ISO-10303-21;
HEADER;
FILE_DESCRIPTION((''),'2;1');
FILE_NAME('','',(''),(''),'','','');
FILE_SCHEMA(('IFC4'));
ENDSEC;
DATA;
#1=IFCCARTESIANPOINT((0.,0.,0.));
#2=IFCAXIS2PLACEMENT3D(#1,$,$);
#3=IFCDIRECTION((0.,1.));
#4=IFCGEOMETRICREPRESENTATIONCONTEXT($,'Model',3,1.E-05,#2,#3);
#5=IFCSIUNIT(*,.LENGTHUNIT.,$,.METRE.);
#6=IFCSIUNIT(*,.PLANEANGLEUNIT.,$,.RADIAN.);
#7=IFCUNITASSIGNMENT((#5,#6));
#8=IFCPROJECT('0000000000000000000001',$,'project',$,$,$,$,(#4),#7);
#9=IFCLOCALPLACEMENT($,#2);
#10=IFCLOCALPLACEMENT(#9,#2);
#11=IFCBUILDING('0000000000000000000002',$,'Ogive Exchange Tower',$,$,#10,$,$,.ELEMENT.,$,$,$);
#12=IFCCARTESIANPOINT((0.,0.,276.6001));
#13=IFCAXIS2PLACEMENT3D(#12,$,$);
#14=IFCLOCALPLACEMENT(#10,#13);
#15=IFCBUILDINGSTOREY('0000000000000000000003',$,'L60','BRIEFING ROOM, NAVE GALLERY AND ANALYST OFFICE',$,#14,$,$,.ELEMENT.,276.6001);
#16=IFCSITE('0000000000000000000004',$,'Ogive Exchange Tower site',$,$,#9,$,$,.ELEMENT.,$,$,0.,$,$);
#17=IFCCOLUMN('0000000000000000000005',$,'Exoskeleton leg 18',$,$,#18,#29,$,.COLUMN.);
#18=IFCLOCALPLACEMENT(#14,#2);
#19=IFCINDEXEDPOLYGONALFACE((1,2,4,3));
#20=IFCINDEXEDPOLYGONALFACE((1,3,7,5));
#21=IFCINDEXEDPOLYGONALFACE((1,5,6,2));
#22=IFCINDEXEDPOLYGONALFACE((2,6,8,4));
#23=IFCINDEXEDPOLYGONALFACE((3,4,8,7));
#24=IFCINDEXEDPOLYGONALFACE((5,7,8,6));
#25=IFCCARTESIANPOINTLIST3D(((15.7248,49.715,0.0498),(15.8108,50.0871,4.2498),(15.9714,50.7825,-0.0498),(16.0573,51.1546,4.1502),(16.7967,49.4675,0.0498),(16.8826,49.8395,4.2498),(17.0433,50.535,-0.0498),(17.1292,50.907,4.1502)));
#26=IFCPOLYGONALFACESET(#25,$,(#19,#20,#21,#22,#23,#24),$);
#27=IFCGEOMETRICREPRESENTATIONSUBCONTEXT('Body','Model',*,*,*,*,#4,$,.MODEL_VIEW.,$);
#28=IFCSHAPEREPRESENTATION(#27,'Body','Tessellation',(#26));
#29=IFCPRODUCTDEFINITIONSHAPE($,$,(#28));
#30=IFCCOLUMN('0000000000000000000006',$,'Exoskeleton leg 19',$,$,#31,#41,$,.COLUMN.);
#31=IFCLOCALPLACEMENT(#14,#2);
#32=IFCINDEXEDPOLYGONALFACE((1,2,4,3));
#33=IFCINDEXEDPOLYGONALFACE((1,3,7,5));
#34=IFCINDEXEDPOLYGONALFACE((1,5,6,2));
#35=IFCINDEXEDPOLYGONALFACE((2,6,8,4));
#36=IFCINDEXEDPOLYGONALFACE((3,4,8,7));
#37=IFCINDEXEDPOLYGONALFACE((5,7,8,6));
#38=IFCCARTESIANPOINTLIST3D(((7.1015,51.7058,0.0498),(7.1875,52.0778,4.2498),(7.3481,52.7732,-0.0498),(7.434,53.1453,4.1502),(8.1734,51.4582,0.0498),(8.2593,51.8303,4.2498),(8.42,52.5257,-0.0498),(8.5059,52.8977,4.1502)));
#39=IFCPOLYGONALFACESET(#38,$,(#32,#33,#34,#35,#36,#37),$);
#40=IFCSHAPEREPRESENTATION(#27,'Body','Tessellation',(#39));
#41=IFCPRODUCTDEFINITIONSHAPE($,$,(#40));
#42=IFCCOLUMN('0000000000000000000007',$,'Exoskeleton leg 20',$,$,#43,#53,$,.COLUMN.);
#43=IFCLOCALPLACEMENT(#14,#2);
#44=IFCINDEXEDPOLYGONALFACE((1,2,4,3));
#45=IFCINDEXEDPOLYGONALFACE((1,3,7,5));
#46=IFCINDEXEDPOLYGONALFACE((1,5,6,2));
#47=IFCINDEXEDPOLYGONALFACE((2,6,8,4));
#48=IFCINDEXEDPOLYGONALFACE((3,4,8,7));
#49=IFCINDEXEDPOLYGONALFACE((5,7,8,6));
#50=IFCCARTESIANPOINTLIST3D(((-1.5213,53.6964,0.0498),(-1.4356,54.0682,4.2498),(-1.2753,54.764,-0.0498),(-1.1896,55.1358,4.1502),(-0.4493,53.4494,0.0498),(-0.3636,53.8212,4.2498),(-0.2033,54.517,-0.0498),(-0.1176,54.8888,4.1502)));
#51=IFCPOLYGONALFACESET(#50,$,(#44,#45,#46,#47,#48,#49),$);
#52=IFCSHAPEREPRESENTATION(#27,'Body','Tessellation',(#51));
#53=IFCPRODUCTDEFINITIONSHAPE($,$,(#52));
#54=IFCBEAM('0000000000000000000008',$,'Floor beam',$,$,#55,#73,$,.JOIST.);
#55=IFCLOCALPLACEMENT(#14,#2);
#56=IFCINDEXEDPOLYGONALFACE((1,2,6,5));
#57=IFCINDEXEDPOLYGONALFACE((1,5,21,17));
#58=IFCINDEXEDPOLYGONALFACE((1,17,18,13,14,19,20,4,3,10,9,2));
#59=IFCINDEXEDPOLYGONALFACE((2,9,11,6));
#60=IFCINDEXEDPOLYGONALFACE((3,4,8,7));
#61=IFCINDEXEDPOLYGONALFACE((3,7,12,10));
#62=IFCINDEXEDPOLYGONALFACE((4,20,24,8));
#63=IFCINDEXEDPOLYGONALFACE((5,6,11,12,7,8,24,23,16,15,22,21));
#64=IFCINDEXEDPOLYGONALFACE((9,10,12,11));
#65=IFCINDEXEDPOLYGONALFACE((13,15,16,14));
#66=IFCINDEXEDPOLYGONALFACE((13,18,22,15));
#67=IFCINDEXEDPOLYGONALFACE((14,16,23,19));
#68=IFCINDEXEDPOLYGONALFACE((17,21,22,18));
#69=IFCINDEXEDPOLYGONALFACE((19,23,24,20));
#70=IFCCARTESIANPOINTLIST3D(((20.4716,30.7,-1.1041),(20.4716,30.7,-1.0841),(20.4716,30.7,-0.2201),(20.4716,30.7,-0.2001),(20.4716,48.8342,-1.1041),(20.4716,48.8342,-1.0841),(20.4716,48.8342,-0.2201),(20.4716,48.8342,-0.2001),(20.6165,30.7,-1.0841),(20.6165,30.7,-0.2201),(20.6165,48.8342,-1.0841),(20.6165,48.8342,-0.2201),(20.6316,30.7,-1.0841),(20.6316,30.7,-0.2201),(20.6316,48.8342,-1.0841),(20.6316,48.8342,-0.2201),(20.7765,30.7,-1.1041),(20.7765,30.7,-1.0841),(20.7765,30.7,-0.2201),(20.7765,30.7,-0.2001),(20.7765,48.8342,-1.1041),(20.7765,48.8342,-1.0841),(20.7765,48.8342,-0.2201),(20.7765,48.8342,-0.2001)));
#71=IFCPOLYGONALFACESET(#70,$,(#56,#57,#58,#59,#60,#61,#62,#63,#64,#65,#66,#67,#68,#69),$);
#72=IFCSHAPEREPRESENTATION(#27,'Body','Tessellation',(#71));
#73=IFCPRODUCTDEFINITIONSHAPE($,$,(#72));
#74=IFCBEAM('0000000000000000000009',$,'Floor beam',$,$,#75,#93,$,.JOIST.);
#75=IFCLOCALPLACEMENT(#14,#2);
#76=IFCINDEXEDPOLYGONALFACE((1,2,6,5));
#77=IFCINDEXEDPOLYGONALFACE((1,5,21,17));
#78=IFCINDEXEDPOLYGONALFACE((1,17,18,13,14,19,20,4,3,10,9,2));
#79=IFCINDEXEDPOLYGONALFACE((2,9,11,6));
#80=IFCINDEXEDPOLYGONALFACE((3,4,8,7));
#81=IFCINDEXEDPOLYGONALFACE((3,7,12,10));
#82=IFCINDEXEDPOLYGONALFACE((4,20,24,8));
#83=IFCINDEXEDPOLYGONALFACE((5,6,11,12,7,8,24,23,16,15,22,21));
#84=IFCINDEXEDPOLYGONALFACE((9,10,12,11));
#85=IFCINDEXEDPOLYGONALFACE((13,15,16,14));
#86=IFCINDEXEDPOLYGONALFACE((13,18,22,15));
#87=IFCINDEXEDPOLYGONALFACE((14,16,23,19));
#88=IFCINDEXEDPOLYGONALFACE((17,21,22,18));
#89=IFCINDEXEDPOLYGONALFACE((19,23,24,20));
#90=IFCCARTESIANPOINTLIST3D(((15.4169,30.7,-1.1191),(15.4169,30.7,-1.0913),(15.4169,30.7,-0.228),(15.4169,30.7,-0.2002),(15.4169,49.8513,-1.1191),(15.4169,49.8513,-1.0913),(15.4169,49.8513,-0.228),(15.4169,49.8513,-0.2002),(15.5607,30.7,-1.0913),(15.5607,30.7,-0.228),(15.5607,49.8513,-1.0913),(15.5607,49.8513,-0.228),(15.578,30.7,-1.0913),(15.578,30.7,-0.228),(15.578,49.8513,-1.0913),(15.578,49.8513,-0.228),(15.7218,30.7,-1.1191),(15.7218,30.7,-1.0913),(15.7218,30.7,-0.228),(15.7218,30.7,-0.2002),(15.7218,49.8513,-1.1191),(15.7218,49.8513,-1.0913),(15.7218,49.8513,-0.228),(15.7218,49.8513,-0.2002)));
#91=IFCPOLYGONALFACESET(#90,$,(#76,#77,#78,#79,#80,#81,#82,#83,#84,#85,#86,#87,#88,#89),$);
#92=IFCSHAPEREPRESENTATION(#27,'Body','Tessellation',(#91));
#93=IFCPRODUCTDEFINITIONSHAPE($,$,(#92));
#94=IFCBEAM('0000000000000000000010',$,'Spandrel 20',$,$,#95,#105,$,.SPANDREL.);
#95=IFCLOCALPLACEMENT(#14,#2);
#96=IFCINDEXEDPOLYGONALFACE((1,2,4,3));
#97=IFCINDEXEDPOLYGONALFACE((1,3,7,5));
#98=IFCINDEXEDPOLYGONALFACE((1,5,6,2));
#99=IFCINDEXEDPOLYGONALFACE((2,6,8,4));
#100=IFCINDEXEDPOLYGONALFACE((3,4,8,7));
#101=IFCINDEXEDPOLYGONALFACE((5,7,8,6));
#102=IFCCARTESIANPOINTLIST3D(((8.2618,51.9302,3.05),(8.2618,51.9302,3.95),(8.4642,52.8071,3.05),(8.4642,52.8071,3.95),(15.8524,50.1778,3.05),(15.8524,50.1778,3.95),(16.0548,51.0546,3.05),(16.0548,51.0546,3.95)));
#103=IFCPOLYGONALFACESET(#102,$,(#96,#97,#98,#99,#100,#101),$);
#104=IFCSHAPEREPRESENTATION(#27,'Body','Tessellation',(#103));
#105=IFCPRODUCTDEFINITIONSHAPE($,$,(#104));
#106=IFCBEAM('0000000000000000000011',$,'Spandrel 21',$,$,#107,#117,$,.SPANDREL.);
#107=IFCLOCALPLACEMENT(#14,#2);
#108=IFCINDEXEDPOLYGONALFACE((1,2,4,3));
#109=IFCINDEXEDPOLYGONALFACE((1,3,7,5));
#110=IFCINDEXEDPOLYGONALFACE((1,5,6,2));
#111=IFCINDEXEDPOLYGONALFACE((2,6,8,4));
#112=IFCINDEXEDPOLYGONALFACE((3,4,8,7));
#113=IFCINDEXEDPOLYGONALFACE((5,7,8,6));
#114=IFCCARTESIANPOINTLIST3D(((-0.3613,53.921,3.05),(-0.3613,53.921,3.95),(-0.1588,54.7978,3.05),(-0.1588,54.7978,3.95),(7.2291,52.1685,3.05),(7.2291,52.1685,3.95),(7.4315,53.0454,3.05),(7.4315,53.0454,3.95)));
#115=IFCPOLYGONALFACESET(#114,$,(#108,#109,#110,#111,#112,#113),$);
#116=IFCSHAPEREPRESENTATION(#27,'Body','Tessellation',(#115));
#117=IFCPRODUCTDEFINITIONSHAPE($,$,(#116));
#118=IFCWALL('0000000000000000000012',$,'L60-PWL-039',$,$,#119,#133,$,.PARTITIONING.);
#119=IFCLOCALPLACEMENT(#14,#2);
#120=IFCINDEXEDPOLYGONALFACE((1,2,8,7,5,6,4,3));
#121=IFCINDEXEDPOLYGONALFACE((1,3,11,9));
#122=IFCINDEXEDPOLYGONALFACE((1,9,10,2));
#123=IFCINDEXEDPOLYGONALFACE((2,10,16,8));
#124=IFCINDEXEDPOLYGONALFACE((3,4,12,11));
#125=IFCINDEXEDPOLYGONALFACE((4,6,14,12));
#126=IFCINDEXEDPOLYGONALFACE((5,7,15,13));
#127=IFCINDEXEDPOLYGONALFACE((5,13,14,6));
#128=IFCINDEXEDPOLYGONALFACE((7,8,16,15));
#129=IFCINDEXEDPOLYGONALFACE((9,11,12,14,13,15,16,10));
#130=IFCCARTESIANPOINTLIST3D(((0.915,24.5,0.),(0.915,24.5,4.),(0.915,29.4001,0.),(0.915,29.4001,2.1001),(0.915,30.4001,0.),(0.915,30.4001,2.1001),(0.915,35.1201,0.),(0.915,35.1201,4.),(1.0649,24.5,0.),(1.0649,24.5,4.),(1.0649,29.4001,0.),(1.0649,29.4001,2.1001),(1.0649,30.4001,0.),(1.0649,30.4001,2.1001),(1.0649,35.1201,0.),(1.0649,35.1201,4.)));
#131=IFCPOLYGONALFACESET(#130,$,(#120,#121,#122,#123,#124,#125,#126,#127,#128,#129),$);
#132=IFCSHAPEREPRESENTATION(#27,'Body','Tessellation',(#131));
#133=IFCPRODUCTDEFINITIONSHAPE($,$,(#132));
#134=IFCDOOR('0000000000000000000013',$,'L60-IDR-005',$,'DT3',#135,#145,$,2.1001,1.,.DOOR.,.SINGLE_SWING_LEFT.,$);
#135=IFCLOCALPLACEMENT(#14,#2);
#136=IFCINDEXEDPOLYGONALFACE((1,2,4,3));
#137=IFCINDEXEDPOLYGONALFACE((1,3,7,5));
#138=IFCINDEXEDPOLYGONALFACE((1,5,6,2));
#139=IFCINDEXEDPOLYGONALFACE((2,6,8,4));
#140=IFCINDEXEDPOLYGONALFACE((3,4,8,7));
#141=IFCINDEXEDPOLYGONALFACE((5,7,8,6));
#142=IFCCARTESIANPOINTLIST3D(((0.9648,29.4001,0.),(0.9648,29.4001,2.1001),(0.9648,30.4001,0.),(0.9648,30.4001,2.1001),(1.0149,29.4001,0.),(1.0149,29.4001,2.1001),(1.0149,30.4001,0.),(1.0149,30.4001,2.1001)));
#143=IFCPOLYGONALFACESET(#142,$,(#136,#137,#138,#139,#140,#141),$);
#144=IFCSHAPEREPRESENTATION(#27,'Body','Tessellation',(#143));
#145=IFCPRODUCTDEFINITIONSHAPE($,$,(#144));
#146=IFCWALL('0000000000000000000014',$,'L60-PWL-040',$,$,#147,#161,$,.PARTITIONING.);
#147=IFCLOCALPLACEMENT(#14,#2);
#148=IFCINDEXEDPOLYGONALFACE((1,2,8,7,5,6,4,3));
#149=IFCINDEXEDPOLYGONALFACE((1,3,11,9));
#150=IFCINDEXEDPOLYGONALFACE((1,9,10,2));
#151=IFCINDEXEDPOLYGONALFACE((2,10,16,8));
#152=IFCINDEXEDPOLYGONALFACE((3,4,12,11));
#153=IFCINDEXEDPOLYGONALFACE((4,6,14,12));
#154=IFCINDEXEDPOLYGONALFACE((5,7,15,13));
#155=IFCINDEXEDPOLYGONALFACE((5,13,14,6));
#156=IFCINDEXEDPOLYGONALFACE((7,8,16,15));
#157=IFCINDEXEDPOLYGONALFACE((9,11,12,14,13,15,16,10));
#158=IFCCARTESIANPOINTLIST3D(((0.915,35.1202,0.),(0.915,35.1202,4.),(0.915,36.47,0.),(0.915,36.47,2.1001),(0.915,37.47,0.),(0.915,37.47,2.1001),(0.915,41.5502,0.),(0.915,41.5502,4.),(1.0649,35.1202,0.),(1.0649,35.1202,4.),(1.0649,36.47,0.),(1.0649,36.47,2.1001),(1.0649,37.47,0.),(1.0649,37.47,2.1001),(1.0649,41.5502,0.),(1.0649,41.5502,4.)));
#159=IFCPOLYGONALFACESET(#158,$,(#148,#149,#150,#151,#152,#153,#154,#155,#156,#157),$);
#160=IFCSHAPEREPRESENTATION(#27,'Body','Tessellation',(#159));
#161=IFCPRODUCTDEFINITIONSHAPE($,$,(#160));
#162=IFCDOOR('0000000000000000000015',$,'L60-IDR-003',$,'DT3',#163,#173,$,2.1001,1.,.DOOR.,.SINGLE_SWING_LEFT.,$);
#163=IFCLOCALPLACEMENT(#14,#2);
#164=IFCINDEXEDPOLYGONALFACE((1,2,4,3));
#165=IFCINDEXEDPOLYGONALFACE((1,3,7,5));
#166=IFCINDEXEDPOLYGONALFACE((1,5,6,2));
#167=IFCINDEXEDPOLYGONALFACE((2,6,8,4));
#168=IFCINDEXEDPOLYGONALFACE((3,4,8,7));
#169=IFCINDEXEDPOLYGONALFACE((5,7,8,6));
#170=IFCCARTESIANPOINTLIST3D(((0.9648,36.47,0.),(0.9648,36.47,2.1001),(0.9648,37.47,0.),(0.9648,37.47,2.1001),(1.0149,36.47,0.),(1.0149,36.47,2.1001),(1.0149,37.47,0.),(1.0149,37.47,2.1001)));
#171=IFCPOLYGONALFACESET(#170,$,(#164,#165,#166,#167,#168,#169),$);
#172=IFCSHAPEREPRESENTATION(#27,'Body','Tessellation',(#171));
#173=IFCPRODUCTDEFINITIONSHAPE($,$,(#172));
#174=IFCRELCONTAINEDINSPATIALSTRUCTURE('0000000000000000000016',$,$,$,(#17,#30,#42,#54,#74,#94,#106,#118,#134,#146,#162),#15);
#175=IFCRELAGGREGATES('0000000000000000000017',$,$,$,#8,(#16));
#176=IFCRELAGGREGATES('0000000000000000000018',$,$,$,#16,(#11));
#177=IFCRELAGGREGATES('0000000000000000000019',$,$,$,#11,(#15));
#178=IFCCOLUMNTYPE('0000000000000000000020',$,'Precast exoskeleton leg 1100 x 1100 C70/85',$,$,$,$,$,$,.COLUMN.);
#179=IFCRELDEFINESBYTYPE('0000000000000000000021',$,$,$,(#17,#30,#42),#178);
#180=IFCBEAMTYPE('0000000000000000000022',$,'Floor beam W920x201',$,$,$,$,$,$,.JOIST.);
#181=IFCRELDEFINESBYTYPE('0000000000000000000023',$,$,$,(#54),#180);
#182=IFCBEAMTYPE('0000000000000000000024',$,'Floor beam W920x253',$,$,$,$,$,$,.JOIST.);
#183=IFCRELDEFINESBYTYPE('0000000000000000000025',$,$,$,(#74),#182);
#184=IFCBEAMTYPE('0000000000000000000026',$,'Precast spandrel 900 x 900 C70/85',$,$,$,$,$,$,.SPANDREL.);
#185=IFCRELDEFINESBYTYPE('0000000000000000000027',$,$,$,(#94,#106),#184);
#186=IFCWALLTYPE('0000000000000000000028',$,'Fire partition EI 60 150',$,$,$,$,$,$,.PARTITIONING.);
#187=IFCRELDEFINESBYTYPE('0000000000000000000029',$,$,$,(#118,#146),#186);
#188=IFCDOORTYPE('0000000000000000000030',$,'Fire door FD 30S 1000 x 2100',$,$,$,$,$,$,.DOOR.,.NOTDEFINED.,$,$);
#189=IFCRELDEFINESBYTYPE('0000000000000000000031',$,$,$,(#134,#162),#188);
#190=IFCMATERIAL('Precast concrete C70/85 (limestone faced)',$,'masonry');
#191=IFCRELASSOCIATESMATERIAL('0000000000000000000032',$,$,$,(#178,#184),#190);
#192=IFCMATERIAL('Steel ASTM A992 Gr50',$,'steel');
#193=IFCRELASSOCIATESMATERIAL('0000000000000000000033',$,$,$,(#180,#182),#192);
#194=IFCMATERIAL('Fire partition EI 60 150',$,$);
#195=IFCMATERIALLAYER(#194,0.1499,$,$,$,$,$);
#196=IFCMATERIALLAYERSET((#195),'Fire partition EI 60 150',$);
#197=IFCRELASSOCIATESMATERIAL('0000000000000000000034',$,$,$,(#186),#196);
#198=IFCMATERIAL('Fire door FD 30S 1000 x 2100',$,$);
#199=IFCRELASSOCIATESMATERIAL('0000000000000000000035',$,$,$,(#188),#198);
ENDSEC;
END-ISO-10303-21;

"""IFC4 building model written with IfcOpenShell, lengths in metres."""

from ifc_helpers import new_model, si_unit, direction, frame, frame_2d, origin, origin_2d, place, context, subcontext, project, spatial, rectangle, i_section, extrude, material, layer, layer_set, material_profile, profile_set, type_object, element, fill, save


model = new_model("IFC4")

# Units and contexts
model_context = context("Model", 3, precision=1e-05, world=origin(), true_north=direction((0.0, 1.0)))
body_context = subcontext(model_context, "Body", "Model", "MODEL_VIEW")
ifc_project = project(units=[si_unit("LENGTHUNIT", "METRE"), si_unit("PLANEANGLEUNIT", "RADIAN")], contexts=[model_context])

# Site, building, storey
site_placement = place(None, origin())
site = spatial("IfcSite", under=ifc_project, at=site_placement, Name="Ogive Exchange Tower site", CompositionType="ELEMENT", RefElevation=0.0)
building_placement = place(site_placement, origin())
building = spatial("IfcBuilding", under=site, at=building_placement, Name="Ogive Exchange Tower", CompositionType="ELEMENT")
storey_placement = place(building_placement, frame((0.0, 0.0, 276.6001)))
storey = spatial("IfcBuildingStorey", under=building, at=storey_placement, Name="L60", Description="BRIEFING ROOM, NAVE GALLERY AND ANALYST OFFICE", CompositionType="ELEMENT", Elevation=276.6001)

# Columns
ifc_material_1 = material(Name="Precast concrete C70/85 (limestone faced)", Category="masonry")
ifc_material_profile_1 = material_profile(ifc_material_1, rectangle(XDim=1.1001, YDim=1.1001, at=origin_2d()), Name="1100 x 1100")
ifc_profile_set_1 = profile_set([ifc_material_profile_1], Name="Precast concrete C70/85 (limestone faced)")
column_type = type_object("IfcColumnType", Name="Precast exoskeleton leg 1100 x 1100 C70/85", PredefinedType="COLUMN", material=ifc_profile_set_1)
for number, where, z_axis, x_axis, name in (
    (1, (16.384, 50.125, 0.0), (0.020377, 0.088225, 0.995892), (-0.974348, 0.225046, 0.0), "Exoskeleton leg 18"),
    (2, (7.7607, 52.1157, 0.0), (0.020377, 0.088225, 0.995892), (-0.974348, 0.225046, 0.0), "Exoskeleton leg 19"),
    (3, (-0.8623, 54.1067, 0.0), (0.02032, 0.088168, 0.995898), (-0.974456, 0.224579, 0.0), "Exoskeleton leg 20"),
):
    element("IfcColumn", number, at=place(storey_placement, frame(where, z_axis=z_axis, x_axis=x_axis)), inside=storey, type_object=column_type, Name=name, PredefinedType="COLUMN", context=body_context, shape_type="SweptSolid", body=[
        extrude(rectangle(XDim=1.1001, YDim=1.1001, at=origin_2d()), origin(), (0.0, 0.0, 1.0), 4.2173),
    ])

# Beams
ifc_material_2 = material(Name="Steel ASTM A992 Gr50", Category="steel")
ifc_material_profile_2 = material_profile(ifc_material_2, i_section(OverallWidth=0.3049, OverallDepth=0.9041, WebThickness=0.0151, FlangeThickness=0.02, at=origin_2d()), Name="W920x201")
ifc_profile_set_2 = profile_set([ifc_material_profile_2], Name="Steel ASTM A992 Gr50")
beam_type_1 = type_object("IfcBeamType", Name="Floor beam W920x201", PredefinedType="JOIST", material=ifc_profile_set_2)
beam_1_placement = place(storey_placement, frame((20.624, 30.7, -0.6521), z_axis=(0.0, 1.0, 0.0), x_axis=(-1.0, 0.0, 0.0)))
element("IfcBeam", 4, at=beam_1_placement, inside=storey, type_object=beam_type_1, Name="Floor beam", PredefinedType="JOIST", context=body_context, shape_type="SweptSolid", body=[
    extrude(i_section(OverallWidth=0.3049, OverallDepth=0.9041, WebThickness=0.0151, FlangeThickness=0.02, at=origin_2d()), origin(), (0.0, 0.0, 1.0), 18.1343),
])
ifc_material_profile_3 = material_profile(ifc_material_2, i_section(OverallWidth=0.3049, OverallDepth=0.9189, WebThickness=0.0173, FlangeThickness=0.0278, at=origin_2d()), Name="W920x253")
ifc_profile_set_3 = profile_set([ifc_material_profile_3], Name="Steel ASTM A992 Gr50")
beam_type_2 = type_object("IfcBeamType", Name="Floor beam W920x253", PredefinedType="JOIST", material=ifc_profile_set_3)
beam_2_placement = place(storey_placement, frame((15.5693, 30.7, -0.6597), z_axis=(0.0, 1.0, 0.0), x_axis=(-1.0, 0.0, 0.0)))
element("IfcBeam", 5, at=beam_2_placement, inside=storey, type_object=beam_type_2, Name="Floor beam", PredefinedType="JOIST", context=body_context, shape_type="SweptSolid", body=[
    extrude(i_section(OverallWidth=0.3049, OverallDepth=0.9189, WebThickness=0.0173, FlangeThickness=0.0278, at=origin_2d()), origin(), (0.0, 0.0, 1.0), 19.1514),
])
ifc_material_profile_4 = material_profile(ifc_material_1, rectangle(XDim=0.8999, YDim=0.8999, at=origin_2d()), Name="900 x 900")
ifc_profile_set_4 = profile_set([ifc_material_profile_4], Name="Precast concrete C70/85 (limestone faced)")
beam_type_3 = type_object("IfcBeamType", Name="Precast spandrel 900 x 900 C70/85", PredefinedType="SPANDREL", material=ifc_profile_set_4)
beam_3_placement = place(storey_placement, frame((15.9536, 50.6162, 3.5), z_axis=(-0.97437, 0.224953, 0.0), x_axis=(-0.224953, -0.97437, 0.0)))
element("IfcBeam", 6, at=beam_3_placement, inside=storey, type_object=beam_type_3, Name="Spandrel 20", PredefinedType="SPANDREL", context=body_context, shape_type="SweptSolid", body=[
    extrude(rectangle(XDim=0.8999, YDim=0.8999, at=origin_2d()), origin(), (0.0, 0.0, 1.0), 7.7903),
])
beam_4_placement = place(storey_placement, frame((7.3303, 52.6069, 3.5), z_axis=(-0.974368, 0.22496, 0.0), x_axis=(-0.22496, -0.974368, 0.0)))
element("IfcBeam", 7, at=beam_4_placement, inside=storey, type_object=beam_type_3, Name="Spandrel 21", PredefinedType="SPANDREL", context=body_context, shape_type="SweptSolid", body=[
    extrude(rectangle(XDim=0.8999, YDim=0.8999, at=origin_2d()), origin(), (0.0, 0.0, 1.0), 7.79),
])

# Walls, openings, doors
ifc_material_3 = material(Name="Fire partition EI 60 150")
ifc_layer_1 = layer(ifc_material_3, 0.1499)
ifc_layer_set_1 = layer_set([ifc_layer_1], Name="Fire partition EI 60 150")
wall_type_1 = type_object("IfcWallType", Name="Fire partition EI 60 150", PredefinedType="PARTITIONING", material=ifc_layer_set_1)
wall_1_placement = place(storey_placement, frame((0.99, 35.1201, 0.0), z_axis=(0.0, 0.0, 1.0), x_axis=(0.0, -1.0, 0.0)))
wall_1 = element("IfcWall", 8, at=wall_1_placement, inside=storey, type_object=wall_type_1, Name="L60-PWL-039", PredefinedType="PARTITIONING", context=body_context, shape_type="SweptSolid", body=[
    extrude(rectangle(XDim=10.6201, YDim=0.1499, at=frame_2d((5.3101, 0.0))), origin(), (0.0, 0.0, 1.0), 4.0),
])
opening_1_placement = place(wall_1_placement, frame((4.72, 0.0, 0.0)))
opening_1 = element("IfcOpeningElement", 9, at=opening_1_placement, cuts=wall_1, PredefinedType="OPENING", context=body_context, shape_type="SweptSolid", body=[
    extrude(rectangle(XDim=1.0, YDim=2.1001, at=frame_2d((0.5, 1.05))), frame((0.0, 0.085, 0.0), z_axis=(0.0, -1.0, 0.0), x_axis=(1.0, 0.0, 0.0)), (0.0, 0.0, 1.0), 0.1699),
])
ifc_material_4 = material(Name="Fire door FD 30S 1000 x 2100")
door_type_1 = type_object("IfcDoorType", Name="Fire door FD 30S 1000 x 2100", OperationType="NOTDEFINED", PredefinedType="DOOR", material=ifc_material_4)
door_1_placement = place(opening_1_placement, origin())
door_1 = element("IfcDoor", 10, at=door_1_placement, inside=storey, type_object=door_type_1, Name="L60-IDR-005", ObjectType="DT3", OperationType="SINGLE_SWING_LEFT", OverallHeight=2.1001, OverallWidth=1.0, PredefinedType="DOOR", context=body_context, shape_type="SweptSolid", body=[
    extrude(rectangle(XDim=1.0, YDim=2.1001, at=frame_2d((0.5, 1.05))), frame((0.0, 0.0249, 0.0), z_axis=(0.0, -1.0, 0.0), x_axis=(1.0, 0.0, 0.0)), (0.0, 0.0, 1.0), 0.05),
])
fill(opening_1, door_1)
wall_2_placement = place(storey_placement, frame((0.99, 41.55, 0.0), z_axis=(0.0, 0.0, 1.0), x_axis=(0.0, -1.0, 0.0)))
wall_2 = element("IfcWall", 11, at=wall_2_placement, inside=storey, type_object=wall_type_1, Name="L60-PWL-040", PredefinedType="PARTITIONING", context=body_context, shape_type="SweptSolid", body=[
    extrude(rectangle(XDim=6.4299, YDim=0.1499, at=frame_2d((3.2148, 0.0))), origin(), (0.0, 0.0, 1.0), 4.0),
])
opening_2_placement = place(wall_2_placement, frame((4.0801, 0.0, 0.0)))
opening_2 = element("IfcOpeningElement", 12, at=opening_2_placement, cuts=wall_2, PredefinedType="OPENING", context=body_context, shape_type="SweptSolid", body=[
    extrude(rectangle(XDim=1.0, YDim=2.1001, at=frame_2d((0.5, 1.05))), frame((0.0, 0.085, 0.0), z_axis=(0.0, -1.0, 0.0), x_axis=(1.0, 0.0, 0.0)), (0.0, 0.0, 1.0), 0.1699),
])
door_2_placement = place(opening_2_placement, origin())
door_2 = element("IfcDoor", 13, at=door_2_placement, inside=storey, type_object=door_type_1, Name="L60-IDR-003", ObjectType="DT3", OperationType="SINGLE_SWING_LEFT", OverallHeight=2.1001, OverallWidth=1.0, PredefinedType="DOOR", context=body_context, shape_type="SweptSolid", body=[
    extrude(rectangle(XDim=1.0, YDim=2.1001, at=frame_2d((0.5, 1.05))), frame((0.0, 0.0249, 0.0), z_axis=(0.0, -1.0, 0.0), x_axis=(1.0, 0.0, 0.0)), (0.0, 0.0, 1.0), 0.05),
])
fill(opening_2, door_2)

save(model, "model.ifc")
